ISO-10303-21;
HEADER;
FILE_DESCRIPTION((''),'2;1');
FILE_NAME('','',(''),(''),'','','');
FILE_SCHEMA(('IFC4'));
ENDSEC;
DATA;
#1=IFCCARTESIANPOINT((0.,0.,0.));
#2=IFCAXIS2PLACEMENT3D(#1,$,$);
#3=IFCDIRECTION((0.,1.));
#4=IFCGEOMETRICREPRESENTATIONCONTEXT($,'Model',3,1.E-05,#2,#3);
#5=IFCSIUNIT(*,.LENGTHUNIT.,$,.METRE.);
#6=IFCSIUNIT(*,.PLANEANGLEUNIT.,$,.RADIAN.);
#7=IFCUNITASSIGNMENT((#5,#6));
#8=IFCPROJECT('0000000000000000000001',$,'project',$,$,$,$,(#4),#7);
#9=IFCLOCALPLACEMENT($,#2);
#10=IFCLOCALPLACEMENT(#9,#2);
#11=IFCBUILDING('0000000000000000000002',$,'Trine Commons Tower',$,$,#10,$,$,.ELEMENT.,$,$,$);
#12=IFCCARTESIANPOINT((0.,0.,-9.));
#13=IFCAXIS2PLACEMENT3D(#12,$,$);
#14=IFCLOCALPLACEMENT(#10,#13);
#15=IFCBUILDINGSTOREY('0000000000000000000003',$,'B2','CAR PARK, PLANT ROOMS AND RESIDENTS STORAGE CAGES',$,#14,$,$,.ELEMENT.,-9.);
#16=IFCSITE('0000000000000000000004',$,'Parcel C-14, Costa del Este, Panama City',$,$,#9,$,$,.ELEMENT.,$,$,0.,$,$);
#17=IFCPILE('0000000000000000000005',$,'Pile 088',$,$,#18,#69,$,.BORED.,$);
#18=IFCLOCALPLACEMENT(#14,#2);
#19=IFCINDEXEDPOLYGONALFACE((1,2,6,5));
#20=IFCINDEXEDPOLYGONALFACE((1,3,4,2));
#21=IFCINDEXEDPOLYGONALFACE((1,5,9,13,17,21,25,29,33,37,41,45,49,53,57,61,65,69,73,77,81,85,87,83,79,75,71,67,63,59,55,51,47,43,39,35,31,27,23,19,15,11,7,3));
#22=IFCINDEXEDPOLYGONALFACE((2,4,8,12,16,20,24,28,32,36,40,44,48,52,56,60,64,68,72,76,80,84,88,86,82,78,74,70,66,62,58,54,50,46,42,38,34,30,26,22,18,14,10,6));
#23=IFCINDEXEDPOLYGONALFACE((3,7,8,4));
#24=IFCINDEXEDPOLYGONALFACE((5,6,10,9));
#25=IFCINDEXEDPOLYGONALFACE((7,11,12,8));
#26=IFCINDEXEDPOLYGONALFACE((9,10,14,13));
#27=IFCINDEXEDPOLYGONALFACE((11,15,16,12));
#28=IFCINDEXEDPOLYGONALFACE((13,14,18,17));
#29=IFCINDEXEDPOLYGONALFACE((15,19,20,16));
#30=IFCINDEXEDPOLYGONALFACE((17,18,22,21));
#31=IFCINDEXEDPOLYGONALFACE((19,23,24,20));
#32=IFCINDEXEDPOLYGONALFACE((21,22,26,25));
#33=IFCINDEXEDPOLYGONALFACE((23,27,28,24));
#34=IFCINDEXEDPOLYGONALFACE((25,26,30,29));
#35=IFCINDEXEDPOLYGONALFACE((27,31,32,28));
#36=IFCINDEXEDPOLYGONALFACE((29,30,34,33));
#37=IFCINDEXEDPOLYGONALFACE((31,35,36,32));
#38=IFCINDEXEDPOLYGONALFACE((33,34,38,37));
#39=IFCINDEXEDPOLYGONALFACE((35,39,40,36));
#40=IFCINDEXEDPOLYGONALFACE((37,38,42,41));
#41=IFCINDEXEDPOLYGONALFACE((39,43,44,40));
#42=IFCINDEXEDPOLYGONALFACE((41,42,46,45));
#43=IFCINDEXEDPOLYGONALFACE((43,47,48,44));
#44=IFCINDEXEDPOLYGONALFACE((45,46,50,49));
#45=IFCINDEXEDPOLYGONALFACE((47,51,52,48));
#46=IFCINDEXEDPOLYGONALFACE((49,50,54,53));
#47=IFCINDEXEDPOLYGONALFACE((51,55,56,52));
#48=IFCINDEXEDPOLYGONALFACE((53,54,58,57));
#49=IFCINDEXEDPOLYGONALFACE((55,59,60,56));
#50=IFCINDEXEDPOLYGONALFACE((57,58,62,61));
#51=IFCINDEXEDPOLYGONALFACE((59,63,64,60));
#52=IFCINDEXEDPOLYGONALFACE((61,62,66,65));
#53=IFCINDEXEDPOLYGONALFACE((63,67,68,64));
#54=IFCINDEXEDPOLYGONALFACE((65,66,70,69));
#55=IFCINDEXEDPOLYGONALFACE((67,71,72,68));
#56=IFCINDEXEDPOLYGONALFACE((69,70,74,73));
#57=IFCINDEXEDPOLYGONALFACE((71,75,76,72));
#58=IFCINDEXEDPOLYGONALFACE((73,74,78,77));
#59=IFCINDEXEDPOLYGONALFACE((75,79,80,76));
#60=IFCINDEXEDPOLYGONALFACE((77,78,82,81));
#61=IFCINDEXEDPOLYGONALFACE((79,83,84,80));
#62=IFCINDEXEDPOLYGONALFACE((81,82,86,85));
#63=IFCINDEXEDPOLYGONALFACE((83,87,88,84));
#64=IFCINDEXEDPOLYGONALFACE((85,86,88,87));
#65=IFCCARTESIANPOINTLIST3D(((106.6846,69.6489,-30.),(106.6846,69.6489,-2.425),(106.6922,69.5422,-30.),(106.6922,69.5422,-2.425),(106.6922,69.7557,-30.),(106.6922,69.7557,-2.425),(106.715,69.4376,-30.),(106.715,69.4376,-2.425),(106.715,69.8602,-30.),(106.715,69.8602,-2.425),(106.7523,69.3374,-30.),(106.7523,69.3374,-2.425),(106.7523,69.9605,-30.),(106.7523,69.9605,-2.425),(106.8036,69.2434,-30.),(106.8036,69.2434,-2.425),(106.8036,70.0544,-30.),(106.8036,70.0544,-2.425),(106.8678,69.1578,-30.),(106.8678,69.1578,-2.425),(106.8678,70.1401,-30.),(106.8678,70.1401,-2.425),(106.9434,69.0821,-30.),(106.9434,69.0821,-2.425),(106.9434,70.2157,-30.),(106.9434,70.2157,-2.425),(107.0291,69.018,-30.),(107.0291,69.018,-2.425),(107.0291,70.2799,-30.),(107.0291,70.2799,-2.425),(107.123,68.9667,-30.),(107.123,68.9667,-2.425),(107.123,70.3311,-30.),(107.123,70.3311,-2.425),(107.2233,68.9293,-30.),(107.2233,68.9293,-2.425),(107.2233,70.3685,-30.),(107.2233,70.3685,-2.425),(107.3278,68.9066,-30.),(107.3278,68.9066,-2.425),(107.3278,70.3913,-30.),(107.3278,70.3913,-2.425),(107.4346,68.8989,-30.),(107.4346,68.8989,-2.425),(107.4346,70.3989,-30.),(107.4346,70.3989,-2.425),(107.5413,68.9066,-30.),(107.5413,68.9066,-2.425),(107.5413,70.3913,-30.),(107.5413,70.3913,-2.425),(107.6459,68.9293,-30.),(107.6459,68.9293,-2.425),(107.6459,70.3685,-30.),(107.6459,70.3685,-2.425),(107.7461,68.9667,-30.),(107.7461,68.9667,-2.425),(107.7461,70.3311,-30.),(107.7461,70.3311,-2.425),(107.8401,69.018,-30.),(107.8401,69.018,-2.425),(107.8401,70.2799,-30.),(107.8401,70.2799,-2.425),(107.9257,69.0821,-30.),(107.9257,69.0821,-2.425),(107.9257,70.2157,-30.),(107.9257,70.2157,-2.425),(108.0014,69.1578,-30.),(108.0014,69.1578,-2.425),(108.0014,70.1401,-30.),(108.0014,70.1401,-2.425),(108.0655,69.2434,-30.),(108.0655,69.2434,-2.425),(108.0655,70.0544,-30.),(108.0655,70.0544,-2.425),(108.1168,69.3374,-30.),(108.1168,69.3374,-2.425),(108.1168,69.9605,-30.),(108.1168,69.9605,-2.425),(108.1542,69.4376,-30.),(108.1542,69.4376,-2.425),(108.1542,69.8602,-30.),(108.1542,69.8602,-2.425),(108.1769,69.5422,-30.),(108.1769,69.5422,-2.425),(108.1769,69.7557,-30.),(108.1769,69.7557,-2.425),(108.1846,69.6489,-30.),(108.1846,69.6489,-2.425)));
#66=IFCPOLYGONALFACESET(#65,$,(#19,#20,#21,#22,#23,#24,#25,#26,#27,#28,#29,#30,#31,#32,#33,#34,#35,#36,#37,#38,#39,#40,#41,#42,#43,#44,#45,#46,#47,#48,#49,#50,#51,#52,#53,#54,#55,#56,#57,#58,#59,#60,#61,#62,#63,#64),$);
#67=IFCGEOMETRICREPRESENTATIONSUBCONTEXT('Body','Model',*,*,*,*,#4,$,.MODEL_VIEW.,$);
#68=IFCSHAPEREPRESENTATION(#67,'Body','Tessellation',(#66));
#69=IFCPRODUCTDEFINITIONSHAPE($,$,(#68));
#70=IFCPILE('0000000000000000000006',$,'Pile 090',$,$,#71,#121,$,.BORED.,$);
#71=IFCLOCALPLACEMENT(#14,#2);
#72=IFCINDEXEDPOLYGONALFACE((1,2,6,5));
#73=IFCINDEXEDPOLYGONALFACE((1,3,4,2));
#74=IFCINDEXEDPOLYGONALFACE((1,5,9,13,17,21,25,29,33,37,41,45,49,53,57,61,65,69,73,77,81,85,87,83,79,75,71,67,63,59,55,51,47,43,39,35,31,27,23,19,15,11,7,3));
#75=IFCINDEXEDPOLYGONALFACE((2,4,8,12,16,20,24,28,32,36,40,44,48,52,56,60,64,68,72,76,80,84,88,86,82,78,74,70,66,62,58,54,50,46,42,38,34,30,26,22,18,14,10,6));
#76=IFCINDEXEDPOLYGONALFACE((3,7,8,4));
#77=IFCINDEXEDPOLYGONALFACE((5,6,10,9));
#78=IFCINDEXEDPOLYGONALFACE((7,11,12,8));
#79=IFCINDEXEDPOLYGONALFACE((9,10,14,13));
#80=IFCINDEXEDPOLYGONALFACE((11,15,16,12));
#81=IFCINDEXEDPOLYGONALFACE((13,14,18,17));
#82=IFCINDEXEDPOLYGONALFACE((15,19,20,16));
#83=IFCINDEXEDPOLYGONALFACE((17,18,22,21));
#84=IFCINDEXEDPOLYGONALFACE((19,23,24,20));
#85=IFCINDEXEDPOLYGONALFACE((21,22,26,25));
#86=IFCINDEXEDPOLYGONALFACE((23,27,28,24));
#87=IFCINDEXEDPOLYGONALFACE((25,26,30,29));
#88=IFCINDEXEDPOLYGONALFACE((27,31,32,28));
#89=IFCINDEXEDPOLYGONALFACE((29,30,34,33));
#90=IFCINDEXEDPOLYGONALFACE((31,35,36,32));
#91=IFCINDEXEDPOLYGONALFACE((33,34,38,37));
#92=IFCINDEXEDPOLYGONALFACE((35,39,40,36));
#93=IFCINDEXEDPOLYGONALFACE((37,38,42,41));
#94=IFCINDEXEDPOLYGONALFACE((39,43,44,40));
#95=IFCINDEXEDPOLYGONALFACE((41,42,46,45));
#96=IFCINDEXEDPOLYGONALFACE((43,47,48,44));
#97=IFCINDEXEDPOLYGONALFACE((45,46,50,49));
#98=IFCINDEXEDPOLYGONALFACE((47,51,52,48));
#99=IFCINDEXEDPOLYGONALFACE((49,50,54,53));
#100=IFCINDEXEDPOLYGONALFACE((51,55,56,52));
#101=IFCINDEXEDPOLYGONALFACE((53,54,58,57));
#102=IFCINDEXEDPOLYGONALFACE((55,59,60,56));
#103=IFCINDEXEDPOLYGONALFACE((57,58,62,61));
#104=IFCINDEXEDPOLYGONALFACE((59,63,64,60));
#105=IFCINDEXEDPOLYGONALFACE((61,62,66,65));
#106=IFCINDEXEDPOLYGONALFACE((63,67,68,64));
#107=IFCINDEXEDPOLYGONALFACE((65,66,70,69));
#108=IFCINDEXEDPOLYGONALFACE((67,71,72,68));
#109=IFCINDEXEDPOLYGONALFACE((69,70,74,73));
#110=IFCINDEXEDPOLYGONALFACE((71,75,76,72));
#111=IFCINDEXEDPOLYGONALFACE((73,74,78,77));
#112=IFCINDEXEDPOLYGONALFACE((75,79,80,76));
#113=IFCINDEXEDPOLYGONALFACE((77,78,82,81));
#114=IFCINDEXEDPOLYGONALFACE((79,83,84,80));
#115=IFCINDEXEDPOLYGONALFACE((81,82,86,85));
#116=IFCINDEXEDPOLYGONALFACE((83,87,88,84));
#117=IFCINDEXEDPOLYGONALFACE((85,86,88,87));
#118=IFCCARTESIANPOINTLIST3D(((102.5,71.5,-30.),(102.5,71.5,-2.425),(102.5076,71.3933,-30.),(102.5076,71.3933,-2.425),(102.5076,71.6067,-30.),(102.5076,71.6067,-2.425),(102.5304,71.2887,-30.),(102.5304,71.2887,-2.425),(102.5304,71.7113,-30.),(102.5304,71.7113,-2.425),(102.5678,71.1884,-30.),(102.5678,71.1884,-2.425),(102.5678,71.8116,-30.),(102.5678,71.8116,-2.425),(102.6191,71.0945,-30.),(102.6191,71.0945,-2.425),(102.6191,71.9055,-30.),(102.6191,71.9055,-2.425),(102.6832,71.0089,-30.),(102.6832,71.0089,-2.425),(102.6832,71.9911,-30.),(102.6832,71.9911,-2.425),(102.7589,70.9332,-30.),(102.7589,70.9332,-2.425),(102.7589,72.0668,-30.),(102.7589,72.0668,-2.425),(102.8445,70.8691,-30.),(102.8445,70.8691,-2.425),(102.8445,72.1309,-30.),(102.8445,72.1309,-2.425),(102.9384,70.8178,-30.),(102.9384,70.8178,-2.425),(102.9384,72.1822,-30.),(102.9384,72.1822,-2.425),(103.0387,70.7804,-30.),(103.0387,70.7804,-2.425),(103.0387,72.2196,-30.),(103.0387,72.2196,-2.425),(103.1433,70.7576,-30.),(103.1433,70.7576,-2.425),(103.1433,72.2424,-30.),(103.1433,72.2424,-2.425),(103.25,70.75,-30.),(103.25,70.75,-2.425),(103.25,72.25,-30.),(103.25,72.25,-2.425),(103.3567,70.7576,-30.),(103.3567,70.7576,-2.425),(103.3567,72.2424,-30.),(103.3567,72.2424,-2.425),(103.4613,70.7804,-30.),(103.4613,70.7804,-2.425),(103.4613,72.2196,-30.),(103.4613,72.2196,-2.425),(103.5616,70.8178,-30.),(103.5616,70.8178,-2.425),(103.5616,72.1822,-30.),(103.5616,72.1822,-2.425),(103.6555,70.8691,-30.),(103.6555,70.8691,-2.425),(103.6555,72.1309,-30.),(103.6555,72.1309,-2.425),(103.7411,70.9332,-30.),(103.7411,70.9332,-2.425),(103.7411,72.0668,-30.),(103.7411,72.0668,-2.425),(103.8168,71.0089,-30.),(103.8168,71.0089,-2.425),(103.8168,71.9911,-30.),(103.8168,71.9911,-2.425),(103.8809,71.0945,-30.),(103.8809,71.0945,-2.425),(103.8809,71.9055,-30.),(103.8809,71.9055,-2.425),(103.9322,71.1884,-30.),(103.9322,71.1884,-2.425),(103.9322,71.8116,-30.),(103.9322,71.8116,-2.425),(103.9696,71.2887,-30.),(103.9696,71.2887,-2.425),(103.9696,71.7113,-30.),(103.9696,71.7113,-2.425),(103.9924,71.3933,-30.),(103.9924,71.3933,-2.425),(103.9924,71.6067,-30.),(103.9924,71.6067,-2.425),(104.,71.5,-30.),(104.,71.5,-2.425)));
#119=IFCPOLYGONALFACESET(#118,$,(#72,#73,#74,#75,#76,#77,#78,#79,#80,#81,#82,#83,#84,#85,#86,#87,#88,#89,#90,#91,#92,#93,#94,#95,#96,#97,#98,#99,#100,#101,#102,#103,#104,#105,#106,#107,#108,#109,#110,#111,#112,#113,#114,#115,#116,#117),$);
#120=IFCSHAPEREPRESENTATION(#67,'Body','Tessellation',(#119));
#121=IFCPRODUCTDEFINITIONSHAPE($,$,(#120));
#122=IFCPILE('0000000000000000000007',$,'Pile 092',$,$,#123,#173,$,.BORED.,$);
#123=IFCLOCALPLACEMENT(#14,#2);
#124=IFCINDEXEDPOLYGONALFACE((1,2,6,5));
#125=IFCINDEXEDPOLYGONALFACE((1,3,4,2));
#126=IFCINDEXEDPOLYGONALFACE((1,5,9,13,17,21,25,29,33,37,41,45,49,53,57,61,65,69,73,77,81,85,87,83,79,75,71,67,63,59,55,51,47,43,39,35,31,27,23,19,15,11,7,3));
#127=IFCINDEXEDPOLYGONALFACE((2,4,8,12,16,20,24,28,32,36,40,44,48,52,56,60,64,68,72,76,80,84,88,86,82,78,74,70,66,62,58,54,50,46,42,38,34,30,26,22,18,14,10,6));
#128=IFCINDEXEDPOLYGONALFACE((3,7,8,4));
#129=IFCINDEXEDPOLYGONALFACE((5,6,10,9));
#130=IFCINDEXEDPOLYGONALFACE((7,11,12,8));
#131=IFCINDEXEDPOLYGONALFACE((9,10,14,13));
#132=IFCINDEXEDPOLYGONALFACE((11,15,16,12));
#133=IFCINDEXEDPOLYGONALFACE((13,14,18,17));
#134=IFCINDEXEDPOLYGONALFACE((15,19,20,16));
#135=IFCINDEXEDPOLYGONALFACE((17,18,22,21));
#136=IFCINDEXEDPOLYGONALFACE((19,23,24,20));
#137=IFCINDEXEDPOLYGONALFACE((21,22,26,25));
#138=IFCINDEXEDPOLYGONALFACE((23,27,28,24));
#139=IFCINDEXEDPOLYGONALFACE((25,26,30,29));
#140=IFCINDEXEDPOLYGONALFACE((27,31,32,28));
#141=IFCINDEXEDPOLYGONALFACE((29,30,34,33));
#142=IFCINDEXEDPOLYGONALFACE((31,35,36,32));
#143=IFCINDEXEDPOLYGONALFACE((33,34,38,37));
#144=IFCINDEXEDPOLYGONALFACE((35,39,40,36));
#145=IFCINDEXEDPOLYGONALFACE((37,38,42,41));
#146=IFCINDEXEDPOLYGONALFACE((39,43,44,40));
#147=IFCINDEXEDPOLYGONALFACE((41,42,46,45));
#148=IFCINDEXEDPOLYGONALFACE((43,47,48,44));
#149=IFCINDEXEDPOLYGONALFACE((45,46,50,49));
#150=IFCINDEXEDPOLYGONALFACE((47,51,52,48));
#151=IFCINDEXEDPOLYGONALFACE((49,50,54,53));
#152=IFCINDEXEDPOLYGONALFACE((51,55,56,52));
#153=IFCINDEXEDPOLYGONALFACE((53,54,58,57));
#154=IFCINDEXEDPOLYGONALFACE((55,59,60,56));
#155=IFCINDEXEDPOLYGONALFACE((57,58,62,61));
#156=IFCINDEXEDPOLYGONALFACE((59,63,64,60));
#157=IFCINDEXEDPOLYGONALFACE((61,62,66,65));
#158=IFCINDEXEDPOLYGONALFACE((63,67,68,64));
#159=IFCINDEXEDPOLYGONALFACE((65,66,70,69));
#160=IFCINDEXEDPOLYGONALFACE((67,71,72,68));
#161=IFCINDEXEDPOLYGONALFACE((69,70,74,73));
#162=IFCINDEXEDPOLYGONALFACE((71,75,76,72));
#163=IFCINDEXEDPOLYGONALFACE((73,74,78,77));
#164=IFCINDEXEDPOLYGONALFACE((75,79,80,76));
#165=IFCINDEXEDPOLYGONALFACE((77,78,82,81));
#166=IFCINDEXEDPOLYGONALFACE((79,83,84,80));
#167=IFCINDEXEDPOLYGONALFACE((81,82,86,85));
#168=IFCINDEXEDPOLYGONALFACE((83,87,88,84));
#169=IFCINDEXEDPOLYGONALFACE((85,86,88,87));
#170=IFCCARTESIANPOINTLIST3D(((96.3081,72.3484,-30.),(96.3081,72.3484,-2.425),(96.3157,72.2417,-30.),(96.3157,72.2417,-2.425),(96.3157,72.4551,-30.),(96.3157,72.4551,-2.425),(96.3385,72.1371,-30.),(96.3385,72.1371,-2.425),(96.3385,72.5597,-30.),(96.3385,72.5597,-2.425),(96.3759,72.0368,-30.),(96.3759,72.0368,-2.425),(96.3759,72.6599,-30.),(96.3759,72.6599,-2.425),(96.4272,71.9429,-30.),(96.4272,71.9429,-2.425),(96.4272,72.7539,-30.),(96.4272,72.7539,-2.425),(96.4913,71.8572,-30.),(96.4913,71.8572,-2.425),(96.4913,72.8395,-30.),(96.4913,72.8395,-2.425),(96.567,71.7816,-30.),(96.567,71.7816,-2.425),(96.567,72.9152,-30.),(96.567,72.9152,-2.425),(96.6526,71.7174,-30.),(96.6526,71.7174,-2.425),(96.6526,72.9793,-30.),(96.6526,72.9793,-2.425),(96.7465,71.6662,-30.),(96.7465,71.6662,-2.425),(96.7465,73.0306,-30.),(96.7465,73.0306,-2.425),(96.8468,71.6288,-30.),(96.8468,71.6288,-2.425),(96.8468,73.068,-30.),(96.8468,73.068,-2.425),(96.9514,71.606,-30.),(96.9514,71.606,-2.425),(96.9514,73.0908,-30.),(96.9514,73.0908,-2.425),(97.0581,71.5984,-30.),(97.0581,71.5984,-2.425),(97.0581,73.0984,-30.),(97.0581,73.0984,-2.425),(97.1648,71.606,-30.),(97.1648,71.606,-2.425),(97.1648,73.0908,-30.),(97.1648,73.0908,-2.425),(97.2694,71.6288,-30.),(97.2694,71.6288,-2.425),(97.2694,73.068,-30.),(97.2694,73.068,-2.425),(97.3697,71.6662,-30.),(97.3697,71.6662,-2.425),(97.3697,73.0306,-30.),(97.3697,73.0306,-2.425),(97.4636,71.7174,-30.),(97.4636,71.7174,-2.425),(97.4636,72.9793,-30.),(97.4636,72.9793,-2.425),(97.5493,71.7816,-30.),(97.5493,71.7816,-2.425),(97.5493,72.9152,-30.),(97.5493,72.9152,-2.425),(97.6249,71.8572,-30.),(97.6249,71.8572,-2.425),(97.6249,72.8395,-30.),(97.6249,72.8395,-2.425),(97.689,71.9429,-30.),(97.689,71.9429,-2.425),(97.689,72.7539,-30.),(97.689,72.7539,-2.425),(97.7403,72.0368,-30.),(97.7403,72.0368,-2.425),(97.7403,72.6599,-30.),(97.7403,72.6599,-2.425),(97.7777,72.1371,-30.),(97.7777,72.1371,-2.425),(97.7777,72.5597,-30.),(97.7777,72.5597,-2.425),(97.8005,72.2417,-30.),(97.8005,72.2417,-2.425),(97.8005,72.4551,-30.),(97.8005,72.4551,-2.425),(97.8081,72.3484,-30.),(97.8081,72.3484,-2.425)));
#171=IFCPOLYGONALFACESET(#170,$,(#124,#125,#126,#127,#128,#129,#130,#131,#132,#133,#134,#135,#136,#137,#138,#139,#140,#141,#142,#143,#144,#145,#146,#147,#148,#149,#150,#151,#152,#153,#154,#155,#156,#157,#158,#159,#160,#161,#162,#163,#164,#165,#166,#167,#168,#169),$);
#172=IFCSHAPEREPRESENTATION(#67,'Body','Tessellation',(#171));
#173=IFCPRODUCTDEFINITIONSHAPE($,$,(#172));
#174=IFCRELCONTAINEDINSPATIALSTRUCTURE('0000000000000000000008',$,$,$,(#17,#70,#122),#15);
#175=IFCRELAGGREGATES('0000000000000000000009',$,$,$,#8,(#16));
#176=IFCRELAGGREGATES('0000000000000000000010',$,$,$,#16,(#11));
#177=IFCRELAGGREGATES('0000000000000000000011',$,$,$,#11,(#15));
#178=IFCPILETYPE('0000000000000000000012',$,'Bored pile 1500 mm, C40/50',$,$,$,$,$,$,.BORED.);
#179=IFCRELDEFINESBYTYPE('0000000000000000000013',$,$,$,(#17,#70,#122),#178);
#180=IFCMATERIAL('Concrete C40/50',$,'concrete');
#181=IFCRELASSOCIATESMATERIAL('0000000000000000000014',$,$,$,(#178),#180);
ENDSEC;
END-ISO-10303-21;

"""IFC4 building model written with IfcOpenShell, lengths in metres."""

from ifc_helpers import new_model, si_unit, direction, frame, origin, origin_2d, place, context, subcontext, project, spatial, circle, extrude, material, type_object, element, save


model = new_model("IFC4")

# Units and contexts
model_context = context("Model", 3, precision=1e-05, world=origin(), true_north=direction((0.0, 1.0)))
body_context = subcontext(model_context, "Body", "Model", "MODEL_VIEW")
ifc_project = project(units=[si_unit("LENGTHUNIT", "METRE"), si_unit("PLANEANGLEUNIT", "RADIAN")], contexts=[model_context])

# Site, building, storey
site_placement = place(None, origin())
site = spatial("IfcSite", under=ifc_project, at=site_placement, Name="Parcel C-14, Costa del Este, Panama City", CompositionType="ELEMENT", RefElevation=0.0)
building_placement = place(site_placement, origin())
building = spatial("IfcBuilding", under=site, at=building_placement, Name="Trine Commons Tower", CompositionType="ELEMENT")
storey_placement = place(building_placement, frame((0.0, 0.0, -9.0)))
storey = spatial("IfcBuildingStorey", under=building, at=storey_placement, Name="B2", Description="CAR PARK, PLANT ROOMS AND RESIDENTS STORAGE CAGES", CompositionType="ELEMENT", Elevation=-9.0)

# Piles
ifc_material_1 = material(Name="Concrete C40/50", Category="concrete")
pile_type_1 = type_object("IfcPileType", Name="Bored pile 1500 mm, C40/50", PredefinedType="BORED", material=ifc_material_1)
for number, where, z_axis, x_axis, name in (
    (1, (107.4346, 69.6489, -2.425), (0.0, 0.0, -1.0), (1.0, 0.0, 0.0), "Pile 088"),
    (2, (103.25, 71.5, -2.425), (0.0, 0.0, -1.0), (1.0, 0.0, 0.0), "Pile 090"),
    (3, (97.0581, 72.3484, -2.425), (0.0, 0.0, -1.0), (1.0, 0.0, 0.0), "Pile 092"),
):
    element("IfcPile", number, at=place(storey_placement, frame(where, z_axis=z_axis, x_axis=x_axis)), inside=storey, type_object=pile_type_1, Name=name, PredefinedType="BORED", context=body_context, shape_type="SweptSolid", body=[
        extrude(circle(Radius=0.75, at=origin_2d()), origin(), (0.0, 0.0, 1.0), 27.575),
    ])

save(model, "model.ifc")
